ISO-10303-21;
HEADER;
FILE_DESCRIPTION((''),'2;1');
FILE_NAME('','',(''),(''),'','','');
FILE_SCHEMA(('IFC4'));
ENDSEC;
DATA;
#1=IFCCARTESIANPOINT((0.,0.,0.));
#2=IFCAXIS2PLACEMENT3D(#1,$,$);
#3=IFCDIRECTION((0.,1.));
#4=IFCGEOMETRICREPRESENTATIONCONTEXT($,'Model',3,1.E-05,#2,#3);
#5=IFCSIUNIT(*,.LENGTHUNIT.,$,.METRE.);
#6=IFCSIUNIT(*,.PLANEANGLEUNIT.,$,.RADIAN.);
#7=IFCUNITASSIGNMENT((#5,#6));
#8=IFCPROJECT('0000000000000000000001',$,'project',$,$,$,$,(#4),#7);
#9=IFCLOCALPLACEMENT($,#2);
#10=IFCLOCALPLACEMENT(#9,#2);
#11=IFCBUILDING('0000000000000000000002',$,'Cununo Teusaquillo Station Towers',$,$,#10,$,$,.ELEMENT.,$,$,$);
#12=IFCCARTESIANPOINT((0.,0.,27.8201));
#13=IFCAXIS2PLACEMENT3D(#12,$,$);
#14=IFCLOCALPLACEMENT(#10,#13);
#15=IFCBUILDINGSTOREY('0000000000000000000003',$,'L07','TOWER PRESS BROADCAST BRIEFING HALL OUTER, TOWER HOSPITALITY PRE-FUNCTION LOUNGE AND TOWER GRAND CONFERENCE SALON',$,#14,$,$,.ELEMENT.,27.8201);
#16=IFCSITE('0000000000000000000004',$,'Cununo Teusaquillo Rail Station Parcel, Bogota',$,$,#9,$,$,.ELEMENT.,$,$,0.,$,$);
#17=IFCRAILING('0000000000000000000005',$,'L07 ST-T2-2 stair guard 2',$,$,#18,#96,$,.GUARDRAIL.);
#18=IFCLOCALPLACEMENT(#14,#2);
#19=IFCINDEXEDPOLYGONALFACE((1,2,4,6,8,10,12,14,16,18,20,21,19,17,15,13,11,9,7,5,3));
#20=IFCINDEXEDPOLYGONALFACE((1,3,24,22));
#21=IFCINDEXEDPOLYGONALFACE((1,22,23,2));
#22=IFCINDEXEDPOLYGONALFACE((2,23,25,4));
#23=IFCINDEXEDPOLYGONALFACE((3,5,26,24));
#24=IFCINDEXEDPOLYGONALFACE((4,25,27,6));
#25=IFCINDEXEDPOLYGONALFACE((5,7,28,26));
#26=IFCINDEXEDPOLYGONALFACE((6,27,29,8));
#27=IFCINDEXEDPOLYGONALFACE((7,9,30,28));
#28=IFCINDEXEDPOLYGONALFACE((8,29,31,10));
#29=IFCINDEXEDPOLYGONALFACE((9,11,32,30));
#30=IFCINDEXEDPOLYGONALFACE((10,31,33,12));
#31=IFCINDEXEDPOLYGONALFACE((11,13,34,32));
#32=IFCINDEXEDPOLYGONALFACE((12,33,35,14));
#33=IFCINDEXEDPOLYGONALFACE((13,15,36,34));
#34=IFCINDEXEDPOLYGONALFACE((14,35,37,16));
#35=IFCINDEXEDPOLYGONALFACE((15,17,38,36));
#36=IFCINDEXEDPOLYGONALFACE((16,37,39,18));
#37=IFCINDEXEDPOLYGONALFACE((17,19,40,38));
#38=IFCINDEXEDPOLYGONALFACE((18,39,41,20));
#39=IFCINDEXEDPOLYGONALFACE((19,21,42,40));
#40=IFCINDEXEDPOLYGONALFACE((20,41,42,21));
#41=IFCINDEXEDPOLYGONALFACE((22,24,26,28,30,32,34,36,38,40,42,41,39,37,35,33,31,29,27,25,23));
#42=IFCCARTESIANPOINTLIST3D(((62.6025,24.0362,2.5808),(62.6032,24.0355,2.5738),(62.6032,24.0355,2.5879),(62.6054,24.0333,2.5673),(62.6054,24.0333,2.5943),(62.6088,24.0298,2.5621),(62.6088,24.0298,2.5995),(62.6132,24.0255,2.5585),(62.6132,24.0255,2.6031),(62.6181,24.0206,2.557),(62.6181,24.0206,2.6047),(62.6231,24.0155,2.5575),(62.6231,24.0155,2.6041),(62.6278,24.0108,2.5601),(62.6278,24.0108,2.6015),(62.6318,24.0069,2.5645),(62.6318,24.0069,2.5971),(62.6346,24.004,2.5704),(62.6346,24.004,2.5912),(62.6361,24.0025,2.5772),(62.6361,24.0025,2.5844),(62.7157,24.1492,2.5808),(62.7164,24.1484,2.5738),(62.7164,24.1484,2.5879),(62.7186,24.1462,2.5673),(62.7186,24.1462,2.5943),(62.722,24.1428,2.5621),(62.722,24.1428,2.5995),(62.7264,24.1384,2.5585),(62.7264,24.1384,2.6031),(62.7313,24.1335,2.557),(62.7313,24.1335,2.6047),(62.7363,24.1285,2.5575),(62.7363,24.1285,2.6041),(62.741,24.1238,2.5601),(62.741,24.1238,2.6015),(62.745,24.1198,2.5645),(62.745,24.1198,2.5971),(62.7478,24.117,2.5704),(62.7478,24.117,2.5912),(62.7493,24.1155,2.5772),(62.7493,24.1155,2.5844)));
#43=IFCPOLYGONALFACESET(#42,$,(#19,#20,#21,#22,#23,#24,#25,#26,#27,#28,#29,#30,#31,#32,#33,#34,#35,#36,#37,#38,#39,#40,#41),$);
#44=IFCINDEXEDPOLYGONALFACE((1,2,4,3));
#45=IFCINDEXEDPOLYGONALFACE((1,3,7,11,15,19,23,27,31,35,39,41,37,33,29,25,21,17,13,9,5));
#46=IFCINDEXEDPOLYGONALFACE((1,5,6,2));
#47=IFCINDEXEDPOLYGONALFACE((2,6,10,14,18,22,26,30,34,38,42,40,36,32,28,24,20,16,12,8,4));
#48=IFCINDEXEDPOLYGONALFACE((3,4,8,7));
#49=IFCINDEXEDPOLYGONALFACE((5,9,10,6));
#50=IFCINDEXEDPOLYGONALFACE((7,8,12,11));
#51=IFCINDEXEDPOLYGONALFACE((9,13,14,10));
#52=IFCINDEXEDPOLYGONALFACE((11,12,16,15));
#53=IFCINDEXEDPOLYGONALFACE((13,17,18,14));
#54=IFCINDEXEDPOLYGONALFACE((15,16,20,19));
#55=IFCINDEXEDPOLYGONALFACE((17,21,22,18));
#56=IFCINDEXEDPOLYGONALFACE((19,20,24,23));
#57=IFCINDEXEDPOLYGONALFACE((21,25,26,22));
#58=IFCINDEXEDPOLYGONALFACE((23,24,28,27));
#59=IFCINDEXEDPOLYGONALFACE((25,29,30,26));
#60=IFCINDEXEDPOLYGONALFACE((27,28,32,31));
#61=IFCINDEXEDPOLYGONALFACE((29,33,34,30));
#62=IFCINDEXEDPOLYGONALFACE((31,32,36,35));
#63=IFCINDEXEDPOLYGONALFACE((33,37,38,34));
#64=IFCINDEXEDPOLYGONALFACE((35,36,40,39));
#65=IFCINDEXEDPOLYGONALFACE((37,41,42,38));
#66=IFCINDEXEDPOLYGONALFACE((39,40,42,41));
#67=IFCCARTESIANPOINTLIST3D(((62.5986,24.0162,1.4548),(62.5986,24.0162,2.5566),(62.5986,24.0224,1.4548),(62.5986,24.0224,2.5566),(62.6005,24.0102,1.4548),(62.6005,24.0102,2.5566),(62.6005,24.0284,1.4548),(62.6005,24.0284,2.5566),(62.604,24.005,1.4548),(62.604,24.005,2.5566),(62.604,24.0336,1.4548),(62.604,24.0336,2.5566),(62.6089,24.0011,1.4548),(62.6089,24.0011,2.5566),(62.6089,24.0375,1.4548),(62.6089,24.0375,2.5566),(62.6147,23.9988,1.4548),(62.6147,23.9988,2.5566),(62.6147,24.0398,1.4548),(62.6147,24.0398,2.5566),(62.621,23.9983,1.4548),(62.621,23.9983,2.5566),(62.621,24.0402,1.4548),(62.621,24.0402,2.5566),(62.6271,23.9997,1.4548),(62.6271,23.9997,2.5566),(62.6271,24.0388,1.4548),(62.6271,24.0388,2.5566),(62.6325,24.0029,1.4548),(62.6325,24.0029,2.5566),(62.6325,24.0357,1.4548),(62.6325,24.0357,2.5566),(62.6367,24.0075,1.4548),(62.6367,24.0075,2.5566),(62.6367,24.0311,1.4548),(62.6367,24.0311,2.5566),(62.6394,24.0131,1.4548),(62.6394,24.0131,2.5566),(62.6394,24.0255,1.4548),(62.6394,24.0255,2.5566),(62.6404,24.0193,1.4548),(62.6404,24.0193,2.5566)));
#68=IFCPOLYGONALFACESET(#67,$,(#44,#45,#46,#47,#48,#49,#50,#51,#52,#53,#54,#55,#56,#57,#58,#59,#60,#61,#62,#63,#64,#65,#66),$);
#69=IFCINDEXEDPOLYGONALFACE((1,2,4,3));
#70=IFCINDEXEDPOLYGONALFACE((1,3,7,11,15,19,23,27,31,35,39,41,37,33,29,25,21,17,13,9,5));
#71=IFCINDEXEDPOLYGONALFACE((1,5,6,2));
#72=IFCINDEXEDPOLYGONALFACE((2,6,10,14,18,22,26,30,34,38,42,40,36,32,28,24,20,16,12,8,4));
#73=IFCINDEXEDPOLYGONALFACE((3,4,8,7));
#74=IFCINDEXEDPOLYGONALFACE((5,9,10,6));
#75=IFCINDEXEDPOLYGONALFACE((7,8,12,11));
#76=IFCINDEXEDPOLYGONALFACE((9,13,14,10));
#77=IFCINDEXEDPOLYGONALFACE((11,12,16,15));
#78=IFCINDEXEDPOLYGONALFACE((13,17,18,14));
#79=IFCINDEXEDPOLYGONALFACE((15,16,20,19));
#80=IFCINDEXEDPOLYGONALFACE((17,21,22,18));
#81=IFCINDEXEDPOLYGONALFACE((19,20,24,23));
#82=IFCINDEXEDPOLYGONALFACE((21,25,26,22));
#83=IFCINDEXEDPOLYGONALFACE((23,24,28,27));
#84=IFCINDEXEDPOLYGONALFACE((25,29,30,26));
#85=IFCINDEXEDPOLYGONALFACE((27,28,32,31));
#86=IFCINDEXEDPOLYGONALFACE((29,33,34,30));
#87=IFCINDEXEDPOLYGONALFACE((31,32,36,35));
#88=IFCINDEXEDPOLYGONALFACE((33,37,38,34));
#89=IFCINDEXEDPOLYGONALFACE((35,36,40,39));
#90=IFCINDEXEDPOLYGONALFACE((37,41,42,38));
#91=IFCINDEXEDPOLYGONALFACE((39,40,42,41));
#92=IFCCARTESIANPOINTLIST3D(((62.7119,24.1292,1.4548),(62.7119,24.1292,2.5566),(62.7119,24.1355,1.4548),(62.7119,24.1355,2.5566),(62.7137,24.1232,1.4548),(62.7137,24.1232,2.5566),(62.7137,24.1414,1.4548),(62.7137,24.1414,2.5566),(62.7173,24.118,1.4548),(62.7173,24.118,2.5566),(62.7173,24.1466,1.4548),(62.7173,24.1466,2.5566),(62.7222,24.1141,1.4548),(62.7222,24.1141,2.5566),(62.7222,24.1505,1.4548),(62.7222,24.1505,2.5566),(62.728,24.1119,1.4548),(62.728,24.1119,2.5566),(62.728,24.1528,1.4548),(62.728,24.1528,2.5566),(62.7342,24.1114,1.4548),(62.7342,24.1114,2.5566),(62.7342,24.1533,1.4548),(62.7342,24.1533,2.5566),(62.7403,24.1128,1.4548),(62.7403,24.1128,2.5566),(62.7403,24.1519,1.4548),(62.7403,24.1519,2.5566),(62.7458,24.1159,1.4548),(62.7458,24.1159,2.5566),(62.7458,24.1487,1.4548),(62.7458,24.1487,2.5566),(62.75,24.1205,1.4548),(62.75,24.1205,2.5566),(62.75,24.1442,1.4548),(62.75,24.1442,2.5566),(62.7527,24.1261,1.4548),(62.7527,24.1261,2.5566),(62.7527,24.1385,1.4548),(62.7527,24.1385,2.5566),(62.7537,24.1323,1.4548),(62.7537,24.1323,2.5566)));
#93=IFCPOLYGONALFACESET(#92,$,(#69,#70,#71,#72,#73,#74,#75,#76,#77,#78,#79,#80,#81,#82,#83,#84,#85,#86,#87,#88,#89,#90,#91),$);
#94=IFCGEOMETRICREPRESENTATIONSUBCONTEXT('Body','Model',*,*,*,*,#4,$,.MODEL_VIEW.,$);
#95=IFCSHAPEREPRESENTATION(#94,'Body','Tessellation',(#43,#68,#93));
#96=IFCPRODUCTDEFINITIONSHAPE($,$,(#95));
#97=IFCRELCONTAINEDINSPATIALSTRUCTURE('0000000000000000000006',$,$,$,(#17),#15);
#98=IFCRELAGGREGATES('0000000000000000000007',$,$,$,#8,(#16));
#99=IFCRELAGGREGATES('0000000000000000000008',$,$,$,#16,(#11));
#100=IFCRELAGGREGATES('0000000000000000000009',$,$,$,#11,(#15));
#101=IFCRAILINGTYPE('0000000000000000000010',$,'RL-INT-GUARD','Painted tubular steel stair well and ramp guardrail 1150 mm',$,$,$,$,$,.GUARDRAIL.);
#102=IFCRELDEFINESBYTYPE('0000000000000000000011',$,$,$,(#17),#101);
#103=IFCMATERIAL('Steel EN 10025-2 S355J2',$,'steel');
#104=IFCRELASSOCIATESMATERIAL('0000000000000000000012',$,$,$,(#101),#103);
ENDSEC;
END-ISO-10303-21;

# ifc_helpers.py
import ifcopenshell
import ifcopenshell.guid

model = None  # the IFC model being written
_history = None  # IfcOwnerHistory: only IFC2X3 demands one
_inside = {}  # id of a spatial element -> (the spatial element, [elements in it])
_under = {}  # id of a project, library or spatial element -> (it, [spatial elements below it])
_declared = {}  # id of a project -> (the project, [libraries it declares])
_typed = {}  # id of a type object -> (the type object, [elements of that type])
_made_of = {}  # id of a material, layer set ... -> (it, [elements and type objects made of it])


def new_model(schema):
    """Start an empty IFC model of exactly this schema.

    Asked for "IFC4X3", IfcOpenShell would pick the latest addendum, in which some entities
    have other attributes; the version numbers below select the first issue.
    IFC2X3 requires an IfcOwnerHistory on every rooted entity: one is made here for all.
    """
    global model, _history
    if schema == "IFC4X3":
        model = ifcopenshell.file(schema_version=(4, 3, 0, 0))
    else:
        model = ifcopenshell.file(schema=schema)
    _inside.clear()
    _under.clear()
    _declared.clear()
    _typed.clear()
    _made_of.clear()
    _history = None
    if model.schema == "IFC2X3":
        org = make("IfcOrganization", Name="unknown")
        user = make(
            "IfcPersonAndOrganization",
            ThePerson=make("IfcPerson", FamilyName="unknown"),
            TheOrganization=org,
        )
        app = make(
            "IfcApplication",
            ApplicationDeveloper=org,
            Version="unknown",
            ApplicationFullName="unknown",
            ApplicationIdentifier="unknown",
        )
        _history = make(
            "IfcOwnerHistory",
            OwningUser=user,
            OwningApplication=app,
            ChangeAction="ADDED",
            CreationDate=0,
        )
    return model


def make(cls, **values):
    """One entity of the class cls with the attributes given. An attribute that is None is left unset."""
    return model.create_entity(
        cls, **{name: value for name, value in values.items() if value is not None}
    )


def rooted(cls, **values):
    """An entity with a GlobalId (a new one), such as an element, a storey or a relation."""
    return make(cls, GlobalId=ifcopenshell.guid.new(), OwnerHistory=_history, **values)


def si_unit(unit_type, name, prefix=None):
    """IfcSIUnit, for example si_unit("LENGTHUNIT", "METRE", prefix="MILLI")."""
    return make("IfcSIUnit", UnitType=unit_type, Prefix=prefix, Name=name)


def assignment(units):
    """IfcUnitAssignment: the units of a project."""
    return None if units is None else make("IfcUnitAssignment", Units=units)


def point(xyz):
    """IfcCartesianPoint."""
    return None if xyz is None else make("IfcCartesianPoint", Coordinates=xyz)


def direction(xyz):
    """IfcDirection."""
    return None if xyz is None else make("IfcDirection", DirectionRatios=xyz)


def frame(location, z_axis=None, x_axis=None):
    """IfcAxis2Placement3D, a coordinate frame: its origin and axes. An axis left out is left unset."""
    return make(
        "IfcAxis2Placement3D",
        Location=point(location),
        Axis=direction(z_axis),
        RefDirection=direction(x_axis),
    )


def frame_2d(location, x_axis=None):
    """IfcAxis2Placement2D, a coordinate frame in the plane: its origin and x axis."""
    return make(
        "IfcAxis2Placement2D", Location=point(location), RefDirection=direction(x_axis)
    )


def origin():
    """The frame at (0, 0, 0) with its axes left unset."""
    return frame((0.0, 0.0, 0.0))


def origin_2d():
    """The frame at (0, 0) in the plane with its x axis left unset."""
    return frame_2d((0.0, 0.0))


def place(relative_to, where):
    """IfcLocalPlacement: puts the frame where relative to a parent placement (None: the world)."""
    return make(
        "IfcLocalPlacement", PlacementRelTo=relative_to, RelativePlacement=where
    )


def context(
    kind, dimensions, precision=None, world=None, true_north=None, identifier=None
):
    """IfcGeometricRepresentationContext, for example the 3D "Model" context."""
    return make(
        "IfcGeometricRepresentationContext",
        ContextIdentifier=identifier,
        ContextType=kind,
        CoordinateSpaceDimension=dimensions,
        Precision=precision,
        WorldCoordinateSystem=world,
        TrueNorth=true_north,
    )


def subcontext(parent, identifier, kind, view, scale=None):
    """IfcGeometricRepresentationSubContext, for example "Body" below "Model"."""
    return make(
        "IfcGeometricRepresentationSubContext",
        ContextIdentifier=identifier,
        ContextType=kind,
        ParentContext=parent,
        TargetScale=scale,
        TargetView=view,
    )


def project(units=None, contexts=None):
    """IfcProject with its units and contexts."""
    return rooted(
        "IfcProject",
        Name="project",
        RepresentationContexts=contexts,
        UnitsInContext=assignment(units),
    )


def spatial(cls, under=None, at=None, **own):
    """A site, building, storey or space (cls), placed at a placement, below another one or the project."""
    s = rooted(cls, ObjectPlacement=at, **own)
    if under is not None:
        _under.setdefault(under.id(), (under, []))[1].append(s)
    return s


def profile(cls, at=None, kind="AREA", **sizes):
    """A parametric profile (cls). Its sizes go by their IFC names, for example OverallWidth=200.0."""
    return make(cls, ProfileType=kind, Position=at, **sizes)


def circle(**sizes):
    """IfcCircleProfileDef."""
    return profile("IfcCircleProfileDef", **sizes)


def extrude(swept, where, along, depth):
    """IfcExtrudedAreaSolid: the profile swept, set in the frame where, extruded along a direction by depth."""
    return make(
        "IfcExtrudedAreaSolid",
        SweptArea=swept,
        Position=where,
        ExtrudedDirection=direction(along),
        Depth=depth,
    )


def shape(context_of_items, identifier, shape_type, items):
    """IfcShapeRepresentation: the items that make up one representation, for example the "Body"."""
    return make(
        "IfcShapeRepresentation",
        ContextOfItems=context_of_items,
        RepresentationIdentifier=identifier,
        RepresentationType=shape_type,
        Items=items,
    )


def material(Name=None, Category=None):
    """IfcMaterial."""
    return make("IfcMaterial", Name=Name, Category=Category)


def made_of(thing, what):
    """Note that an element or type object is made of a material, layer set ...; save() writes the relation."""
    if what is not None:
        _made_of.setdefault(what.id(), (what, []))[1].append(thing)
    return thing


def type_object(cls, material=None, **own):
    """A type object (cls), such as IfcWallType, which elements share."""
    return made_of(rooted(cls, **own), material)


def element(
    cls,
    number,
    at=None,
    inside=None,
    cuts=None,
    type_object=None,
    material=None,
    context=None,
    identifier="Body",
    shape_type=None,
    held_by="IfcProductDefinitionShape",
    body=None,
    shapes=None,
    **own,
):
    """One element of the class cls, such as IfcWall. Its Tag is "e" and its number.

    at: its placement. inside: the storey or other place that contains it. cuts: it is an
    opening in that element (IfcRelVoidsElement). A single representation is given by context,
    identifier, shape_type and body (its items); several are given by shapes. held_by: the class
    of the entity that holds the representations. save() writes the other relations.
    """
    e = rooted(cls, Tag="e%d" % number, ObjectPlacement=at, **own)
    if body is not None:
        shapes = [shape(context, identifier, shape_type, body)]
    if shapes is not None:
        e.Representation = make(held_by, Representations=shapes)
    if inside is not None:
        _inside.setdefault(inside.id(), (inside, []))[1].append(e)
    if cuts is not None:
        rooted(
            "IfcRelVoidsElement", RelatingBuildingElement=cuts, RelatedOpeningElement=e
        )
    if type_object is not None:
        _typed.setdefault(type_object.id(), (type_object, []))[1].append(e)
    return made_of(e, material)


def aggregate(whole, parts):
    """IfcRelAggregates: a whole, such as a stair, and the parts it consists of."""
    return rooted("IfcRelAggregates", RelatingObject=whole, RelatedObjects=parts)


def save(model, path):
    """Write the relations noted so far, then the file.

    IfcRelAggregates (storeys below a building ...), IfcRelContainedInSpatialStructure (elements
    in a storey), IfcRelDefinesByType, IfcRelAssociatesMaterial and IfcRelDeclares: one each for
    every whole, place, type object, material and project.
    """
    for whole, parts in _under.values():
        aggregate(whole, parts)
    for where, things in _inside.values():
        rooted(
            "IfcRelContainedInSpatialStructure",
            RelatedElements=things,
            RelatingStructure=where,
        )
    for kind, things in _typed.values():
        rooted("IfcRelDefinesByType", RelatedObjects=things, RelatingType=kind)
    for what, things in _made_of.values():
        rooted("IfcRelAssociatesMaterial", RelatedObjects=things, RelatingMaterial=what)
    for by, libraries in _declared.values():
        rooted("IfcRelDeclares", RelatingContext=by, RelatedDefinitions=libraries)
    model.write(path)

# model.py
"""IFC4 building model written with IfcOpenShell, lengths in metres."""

from ifc_helpers import new_model, si_unit, direction, frame, origin, origin_2d, place, context, subcontext, project, spatial, circle, extrude, material, type_object, element, save


model = new_model("IFC4")

# Units and contexts
model_context = context("Model", 3, precision=1e-05, world=origin(), true_north=direction((0.0, 1.0)))
body_context = subcontext(model_context, "Body", "Model", "MODEL_VIEW")
ifc_project = project(units=[si_unit("LENGTHUNIT", "METRE"), si_unit("PLANEANGLEUNIT", "RADIAN")], contexts=[model_context])

# Site, building, storey
site_placement = place(None, origin())
site = spatial("IfcSite", under=ifc_project, at=site_placement, Name="Cununo Teusaquillo Rail Station Parcel, Bogota", CompositionType="ELEMENT", RefElevation=0.0)
building_placement = place(site_placement, origin())
building = spatial("IfcBuilding", under=site, at=building_placement, Name="Cununo Teusaquillo Station Towers", CompositionType="ELEMENT")
storey_placement = place(building_placement, frame((0.0, 0.0, 27.8201)))
storey = spatial("IfcBuildingStorey", under=building, at=storey_placement, Name="L07", Description="TOWER PRESS BROADCAST BRIEFING HALL OUTER, TOWER HOSPITALITY PRE-FUNCTION LOUNGE AND TOWER GRAND CONFERENCE SALON", CompositionType="ELEMENT", Elevation=27.8201)

# Railing
ifc_material_1 = material(Name="Steel EN 10025-2 S355J2", Category="steel")
railing_type_1 = type_object("IfcRailingType", Name="RL-INT-GUARD", Description="Painted tubular steel stair well and ramp guardrail 1150 mm", PredefinedType="GUARDRAIL", material=ifc_material_1)
railing_1_placement = place(storey_placement, frame((62.6194, 24.0193, 1.4548)))
element("IfcRailing", 1, at=railing_1_placement, inside=storey, type_object=railing_type_1, Name="L07 ST-T2-2 stair guard 2", PredefinedType="GUARDRAIL", context=body_context, shape_type="SweptSolid", body=[
    extrude(circle(Radius=0.0239, at=origin_2d()), frame((0.0, 0.0, 1.126), z_axis=(0.707869, 0.706344, 0.0), x_axis=(-0.706344, 0.707869, 0.0)), (0.0, 0.0, 1.0), 0.1599),
    extrude(circle(Radius=0.021, at=origin_2d()), origin(), (0.0, 0.0, 1.0), 1.1018),
    extrude(circle(Radius=0.021, at=origin_2d()), frame((0.1133, 0.113, 0.0)), (0.0, 0.0, 1.0), 1.1018),
])

save(model, "model.ifc")
